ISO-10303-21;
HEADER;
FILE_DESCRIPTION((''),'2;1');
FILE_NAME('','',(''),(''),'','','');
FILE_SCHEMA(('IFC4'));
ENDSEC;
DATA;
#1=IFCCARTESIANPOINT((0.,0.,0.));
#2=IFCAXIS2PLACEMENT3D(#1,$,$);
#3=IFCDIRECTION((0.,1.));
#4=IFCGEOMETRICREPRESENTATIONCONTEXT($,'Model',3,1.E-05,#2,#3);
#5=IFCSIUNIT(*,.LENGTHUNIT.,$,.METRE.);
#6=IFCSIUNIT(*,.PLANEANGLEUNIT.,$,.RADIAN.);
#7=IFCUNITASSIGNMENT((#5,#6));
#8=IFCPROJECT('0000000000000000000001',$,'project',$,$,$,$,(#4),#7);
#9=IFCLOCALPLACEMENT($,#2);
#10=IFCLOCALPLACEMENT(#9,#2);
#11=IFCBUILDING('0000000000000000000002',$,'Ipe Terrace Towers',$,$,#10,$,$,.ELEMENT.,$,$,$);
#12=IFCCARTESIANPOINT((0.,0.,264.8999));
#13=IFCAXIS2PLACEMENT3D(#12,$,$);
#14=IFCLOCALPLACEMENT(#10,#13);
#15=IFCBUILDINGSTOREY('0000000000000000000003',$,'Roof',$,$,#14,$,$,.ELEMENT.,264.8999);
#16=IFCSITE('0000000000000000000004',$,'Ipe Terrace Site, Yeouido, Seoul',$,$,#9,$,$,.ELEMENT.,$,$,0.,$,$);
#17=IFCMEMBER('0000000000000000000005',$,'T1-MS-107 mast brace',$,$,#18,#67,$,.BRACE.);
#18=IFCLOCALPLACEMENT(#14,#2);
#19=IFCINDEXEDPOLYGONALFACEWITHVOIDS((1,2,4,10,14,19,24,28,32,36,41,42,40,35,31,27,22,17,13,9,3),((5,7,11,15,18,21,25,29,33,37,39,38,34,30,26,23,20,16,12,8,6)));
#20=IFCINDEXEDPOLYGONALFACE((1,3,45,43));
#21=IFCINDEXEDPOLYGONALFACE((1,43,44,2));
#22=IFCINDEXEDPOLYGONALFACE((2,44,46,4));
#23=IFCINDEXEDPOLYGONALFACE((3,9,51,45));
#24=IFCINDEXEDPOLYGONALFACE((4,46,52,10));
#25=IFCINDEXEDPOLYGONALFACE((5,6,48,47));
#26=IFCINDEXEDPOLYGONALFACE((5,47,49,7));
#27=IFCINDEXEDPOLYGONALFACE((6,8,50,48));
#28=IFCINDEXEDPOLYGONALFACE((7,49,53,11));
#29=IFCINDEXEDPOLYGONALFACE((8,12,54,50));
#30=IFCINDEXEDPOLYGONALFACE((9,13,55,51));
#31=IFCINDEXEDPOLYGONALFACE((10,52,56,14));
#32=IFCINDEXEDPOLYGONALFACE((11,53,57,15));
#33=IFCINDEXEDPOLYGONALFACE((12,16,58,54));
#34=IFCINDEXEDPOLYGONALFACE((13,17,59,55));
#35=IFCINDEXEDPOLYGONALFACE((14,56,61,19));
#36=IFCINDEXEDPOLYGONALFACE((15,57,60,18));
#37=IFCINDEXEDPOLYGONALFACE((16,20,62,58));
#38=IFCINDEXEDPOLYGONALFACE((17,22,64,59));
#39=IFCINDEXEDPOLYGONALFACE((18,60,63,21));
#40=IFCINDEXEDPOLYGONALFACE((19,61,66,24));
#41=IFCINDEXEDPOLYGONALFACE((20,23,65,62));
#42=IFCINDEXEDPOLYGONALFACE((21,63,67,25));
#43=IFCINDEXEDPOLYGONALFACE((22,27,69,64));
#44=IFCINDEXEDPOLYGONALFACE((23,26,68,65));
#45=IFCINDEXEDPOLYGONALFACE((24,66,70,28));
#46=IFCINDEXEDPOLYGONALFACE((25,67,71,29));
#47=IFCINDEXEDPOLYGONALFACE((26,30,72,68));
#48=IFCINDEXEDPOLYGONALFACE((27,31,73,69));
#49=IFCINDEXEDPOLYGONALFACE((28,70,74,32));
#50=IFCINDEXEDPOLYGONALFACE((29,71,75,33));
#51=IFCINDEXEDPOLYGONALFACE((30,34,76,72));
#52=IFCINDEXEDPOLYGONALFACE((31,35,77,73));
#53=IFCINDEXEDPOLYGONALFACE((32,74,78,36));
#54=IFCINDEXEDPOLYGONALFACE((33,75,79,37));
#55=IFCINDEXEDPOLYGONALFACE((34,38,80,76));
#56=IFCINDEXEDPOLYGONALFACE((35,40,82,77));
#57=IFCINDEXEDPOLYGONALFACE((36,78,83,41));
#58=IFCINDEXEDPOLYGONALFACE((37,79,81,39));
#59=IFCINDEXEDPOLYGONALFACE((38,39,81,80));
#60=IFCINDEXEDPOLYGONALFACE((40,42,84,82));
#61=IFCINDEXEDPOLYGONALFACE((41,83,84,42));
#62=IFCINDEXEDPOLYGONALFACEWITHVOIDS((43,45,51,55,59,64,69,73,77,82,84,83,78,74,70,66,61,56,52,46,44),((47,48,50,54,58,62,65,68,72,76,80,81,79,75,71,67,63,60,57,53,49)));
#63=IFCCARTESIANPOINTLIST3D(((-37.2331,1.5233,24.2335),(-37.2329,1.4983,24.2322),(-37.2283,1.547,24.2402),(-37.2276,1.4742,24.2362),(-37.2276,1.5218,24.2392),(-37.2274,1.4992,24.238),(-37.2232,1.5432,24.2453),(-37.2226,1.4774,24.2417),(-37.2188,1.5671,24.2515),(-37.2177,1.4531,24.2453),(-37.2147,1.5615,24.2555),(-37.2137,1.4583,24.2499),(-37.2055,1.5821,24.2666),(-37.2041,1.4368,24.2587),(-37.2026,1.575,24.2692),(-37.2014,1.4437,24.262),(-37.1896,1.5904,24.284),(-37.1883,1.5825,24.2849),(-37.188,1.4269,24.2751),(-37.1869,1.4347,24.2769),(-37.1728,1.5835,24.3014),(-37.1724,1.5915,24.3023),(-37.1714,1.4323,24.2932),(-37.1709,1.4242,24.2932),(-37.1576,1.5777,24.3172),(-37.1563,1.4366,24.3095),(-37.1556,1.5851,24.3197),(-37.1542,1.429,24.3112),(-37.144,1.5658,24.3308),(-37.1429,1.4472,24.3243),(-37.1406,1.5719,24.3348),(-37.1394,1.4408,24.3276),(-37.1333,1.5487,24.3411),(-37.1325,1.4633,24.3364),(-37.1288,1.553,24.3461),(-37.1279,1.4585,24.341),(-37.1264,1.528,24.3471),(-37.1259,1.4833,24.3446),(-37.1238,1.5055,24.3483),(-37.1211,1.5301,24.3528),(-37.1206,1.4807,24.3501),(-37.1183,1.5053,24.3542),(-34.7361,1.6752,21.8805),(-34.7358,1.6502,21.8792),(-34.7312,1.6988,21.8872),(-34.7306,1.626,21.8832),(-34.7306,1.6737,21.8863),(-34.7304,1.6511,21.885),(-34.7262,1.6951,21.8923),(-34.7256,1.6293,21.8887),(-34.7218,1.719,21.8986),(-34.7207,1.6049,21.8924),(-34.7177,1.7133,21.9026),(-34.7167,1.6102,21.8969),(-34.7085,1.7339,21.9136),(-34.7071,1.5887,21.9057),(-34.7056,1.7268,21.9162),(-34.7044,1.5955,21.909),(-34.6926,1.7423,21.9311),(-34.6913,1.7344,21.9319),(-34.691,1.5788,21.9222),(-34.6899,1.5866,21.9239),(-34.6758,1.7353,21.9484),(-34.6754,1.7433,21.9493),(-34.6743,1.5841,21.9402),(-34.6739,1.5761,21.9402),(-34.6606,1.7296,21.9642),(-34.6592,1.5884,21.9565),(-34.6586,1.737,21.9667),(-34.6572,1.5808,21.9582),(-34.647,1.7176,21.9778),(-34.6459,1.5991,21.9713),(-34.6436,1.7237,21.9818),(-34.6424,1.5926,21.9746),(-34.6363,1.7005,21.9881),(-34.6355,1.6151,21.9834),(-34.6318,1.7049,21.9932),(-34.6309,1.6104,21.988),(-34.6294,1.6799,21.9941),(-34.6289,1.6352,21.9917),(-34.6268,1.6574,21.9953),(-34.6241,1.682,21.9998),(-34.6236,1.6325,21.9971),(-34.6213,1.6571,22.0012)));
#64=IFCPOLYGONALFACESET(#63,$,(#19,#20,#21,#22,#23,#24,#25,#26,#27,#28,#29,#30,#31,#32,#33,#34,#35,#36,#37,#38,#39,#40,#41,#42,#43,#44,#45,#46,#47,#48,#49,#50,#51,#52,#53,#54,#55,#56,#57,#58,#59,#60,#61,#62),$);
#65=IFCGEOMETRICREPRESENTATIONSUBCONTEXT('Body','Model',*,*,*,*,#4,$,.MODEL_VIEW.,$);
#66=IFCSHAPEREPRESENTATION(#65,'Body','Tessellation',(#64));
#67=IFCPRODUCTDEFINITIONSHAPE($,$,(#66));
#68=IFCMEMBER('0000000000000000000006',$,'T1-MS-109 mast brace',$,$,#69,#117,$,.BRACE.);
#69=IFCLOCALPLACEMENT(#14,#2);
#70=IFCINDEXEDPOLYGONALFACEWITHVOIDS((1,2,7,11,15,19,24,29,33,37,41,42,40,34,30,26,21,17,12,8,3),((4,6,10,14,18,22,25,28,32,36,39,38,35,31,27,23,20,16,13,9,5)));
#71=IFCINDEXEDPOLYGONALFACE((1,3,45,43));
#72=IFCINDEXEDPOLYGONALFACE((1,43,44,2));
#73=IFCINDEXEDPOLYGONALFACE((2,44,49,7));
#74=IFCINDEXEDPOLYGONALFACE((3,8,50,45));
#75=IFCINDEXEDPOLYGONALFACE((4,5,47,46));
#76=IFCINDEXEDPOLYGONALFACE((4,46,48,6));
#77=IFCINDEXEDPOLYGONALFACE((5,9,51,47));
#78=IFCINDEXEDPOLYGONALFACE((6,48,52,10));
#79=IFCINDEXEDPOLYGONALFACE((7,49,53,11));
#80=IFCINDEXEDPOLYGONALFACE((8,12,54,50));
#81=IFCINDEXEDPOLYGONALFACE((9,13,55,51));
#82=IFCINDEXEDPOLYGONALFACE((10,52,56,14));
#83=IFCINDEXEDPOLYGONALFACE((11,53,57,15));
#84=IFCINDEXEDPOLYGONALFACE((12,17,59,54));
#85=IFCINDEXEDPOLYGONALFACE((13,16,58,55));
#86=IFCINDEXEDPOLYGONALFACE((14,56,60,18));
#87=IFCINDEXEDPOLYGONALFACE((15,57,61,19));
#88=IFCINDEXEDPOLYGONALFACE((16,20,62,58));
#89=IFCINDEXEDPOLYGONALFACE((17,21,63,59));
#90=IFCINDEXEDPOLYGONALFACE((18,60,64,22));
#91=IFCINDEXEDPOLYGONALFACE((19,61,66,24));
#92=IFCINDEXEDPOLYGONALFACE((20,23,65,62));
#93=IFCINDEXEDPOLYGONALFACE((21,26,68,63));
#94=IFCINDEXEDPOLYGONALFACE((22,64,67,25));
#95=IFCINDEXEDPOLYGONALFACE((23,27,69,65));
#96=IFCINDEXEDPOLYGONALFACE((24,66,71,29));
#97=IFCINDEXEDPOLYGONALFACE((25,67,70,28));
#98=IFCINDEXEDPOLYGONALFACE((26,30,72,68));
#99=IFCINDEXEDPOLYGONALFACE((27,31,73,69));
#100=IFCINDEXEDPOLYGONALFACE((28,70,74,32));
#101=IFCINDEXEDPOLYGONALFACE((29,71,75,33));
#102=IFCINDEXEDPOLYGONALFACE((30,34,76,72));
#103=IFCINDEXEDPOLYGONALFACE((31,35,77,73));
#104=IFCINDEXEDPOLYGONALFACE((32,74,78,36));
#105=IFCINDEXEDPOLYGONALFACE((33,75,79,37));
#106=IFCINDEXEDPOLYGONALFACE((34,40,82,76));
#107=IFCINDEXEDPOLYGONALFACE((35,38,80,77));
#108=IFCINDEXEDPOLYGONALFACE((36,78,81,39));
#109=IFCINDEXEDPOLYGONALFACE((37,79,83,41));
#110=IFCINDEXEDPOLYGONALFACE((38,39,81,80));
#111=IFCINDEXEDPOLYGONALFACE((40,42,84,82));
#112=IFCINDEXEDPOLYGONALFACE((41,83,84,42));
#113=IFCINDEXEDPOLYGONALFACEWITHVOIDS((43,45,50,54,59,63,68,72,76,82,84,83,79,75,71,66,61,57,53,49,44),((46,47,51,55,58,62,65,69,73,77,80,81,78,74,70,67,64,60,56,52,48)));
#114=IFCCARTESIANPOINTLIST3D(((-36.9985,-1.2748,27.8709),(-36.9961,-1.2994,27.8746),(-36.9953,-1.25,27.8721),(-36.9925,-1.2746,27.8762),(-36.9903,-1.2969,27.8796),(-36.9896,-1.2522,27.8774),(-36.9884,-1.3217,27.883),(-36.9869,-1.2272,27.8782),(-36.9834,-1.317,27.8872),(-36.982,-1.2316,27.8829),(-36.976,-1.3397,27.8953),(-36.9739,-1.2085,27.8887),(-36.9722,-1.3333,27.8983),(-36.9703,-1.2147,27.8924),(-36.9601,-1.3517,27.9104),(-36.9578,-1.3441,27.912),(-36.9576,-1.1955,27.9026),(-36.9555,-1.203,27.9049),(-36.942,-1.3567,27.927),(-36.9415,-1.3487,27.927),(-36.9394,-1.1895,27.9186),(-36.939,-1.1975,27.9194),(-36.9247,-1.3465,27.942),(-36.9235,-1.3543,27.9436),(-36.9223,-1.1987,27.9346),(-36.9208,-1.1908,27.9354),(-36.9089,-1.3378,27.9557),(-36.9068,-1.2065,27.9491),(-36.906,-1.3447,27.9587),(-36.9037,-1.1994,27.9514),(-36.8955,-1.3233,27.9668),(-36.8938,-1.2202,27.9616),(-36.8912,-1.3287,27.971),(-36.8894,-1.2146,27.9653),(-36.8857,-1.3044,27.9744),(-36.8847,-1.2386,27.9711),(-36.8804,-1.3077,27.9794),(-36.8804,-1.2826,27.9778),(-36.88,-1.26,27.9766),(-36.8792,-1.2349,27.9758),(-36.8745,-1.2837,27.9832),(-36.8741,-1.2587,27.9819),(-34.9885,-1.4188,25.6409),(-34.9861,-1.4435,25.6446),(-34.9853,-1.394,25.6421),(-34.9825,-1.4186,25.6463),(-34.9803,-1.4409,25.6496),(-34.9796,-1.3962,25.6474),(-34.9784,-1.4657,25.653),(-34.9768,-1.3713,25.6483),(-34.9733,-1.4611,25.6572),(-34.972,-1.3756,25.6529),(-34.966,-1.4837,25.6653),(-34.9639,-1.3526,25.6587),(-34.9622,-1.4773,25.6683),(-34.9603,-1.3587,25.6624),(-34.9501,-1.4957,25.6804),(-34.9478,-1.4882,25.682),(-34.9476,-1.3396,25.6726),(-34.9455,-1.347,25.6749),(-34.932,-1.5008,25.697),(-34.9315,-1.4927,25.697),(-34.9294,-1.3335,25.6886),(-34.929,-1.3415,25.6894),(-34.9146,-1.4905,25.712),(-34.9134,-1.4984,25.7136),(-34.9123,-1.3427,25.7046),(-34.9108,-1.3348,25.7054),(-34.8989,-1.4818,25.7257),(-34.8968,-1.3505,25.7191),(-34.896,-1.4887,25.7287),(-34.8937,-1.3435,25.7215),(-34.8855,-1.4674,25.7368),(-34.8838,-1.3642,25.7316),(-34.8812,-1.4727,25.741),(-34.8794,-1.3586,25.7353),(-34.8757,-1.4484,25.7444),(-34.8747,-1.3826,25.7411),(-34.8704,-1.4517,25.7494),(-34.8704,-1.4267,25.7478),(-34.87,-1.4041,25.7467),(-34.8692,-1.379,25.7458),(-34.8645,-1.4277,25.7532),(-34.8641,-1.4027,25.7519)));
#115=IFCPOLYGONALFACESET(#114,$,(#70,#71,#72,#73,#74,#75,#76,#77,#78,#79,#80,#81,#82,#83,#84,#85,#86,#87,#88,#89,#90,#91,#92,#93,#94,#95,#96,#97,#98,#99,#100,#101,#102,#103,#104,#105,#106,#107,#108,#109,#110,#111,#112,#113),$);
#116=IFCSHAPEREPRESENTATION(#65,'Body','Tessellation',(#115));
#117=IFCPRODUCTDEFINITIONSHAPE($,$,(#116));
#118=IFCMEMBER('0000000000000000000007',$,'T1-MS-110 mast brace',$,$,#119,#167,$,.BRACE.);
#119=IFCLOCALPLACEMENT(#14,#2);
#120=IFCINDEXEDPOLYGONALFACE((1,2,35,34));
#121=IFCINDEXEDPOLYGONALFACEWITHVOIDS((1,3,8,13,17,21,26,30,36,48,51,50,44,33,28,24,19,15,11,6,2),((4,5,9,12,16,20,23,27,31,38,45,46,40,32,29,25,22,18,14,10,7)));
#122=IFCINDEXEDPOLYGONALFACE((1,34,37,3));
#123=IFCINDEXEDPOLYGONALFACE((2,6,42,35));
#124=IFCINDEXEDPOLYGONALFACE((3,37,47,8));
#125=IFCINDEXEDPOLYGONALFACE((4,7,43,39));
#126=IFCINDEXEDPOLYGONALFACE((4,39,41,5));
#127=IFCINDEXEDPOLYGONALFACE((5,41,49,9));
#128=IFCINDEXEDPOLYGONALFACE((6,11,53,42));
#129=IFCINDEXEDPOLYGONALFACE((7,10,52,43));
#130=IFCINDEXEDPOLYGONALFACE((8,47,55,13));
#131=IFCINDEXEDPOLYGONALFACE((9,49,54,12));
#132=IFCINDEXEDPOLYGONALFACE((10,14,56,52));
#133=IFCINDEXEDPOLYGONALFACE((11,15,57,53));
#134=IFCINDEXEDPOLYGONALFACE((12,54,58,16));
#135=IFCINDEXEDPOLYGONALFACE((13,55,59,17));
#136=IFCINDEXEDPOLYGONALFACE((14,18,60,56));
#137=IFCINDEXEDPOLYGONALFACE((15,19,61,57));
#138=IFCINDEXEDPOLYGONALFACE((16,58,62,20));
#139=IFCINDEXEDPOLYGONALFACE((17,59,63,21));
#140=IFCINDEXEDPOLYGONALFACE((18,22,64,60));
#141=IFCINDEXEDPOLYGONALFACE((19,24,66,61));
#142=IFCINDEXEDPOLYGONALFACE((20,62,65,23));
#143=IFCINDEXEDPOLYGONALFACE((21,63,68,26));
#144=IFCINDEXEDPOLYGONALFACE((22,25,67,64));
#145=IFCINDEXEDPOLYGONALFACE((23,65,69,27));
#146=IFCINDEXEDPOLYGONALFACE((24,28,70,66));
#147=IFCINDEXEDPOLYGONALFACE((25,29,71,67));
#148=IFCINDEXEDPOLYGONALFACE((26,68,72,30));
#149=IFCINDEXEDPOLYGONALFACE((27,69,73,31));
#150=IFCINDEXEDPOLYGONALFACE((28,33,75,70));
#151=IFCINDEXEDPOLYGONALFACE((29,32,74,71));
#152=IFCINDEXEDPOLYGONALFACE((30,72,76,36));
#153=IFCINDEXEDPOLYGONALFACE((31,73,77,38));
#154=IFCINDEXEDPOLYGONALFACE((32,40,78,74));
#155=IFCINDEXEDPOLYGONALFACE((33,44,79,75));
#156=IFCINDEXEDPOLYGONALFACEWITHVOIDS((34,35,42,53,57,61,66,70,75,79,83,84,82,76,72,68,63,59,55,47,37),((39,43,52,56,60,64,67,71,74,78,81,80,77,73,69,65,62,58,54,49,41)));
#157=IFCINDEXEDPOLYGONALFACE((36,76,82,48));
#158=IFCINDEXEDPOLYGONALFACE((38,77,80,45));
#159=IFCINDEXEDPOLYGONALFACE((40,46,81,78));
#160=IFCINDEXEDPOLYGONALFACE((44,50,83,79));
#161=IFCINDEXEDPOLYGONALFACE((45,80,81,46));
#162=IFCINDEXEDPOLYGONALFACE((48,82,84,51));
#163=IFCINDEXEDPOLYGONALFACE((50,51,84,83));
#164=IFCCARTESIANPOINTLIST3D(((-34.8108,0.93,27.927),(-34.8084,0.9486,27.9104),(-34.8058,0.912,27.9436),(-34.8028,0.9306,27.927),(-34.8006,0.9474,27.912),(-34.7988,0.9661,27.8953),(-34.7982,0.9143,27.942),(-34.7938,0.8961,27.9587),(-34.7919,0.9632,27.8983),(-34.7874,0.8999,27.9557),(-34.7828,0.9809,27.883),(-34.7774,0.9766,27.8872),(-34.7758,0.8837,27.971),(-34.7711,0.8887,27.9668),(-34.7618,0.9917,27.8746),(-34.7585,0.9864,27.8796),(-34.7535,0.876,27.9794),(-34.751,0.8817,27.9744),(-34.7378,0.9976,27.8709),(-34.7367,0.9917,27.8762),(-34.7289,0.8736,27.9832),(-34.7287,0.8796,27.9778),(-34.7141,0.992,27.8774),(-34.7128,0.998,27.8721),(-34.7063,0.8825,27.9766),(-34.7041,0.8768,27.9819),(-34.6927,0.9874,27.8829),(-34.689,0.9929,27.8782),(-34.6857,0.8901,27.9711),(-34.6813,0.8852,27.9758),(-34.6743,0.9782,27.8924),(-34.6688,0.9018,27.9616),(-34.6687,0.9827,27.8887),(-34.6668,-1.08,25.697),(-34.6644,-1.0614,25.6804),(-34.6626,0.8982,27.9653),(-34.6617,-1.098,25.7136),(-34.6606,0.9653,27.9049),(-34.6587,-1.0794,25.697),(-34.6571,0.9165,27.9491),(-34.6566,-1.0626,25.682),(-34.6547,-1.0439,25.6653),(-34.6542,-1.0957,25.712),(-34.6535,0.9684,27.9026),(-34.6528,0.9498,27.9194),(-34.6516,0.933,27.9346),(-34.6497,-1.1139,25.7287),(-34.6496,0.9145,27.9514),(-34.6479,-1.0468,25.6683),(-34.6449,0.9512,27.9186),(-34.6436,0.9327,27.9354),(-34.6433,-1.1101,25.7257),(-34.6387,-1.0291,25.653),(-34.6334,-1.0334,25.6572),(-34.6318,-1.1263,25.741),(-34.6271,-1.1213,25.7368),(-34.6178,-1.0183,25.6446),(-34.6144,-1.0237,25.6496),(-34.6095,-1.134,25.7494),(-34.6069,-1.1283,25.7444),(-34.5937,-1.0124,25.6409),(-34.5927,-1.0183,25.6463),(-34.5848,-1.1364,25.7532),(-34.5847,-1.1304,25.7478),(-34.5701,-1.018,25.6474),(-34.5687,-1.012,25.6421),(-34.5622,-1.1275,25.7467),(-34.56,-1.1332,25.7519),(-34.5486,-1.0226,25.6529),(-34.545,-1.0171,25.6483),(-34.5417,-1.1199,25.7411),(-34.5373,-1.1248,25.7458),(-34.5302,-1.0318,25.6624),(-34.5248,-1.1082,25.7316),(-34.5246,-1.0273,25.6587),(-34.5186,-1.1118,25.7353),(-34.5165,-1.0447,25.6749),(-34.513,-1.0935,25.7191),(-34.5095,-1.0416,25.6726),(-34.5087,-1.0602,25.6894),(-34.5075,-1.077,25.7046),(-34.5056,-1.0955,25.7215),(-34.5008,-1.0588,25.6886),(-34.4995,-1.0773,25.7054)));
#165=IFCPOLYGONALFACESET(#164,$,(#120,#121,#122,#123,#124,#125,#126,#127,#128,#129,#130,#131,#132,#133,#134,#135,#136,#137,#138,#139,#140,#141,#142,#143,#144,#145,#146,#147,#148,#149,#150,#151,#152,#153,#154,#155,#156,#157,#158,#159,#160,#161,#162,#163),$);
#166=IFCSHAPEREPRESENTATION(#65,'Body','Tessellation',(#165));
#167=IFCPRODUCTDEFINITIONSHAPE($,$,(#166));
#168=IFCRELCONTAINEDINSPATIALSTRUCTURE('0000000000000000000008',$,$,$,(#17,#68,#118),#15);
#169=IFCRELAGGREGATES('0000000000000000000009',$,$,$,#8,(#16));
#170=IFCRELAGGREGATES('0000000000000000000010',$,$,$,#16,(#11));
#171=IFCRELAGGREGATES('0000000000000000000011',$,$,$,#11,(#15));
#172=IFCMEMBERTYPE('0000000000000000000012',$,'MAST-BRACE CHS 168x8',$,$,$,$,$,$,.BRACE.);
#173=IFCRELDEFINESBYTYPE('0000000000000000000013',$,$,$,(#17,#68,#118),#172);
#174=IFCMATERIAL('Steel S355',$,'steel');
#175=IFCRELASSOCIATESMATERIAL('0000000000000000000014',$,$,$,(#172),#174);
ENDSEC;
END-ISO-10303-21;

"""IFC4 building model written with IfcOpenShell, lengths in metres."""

from ifc_helpers import new_model, si_unit, direction, frame, origin, origin_2d, place, context, subcontext, project, spatial, hollow_circle, extrude, material, material_profile, profile_set, type_object, element, save


model = new_model("IFC4")

# Units and contexts
model_context = context("Model", 3, precision=1e-05, world=origin(), true_north=direction((0.0, 1.0)))
body_context = subcontext(model_context, "Body", "Model", "MODEL_VIEW")
ifc_project = project(units=[si_unit("LENGTHUNIT", "METRE"), si_unit("PLANEANGLEUNIT", "RADIAN")], contexts=[model_context])

# Site, building, storey
site_placement = place(None, origin())
site = spatial("IfcSite", under=ifc_project, at=site_placement, Name="Ipe Terrace Site, Yeouido, Seoul", CompositionType="ELEMENT", RefElevation=0.0)
building_placement = place(site_placement, origin())
building = spatial("IfcBuilding", under=site, at=building_placement, Name="Ipe Terrace Towers", CompositionType="ELEMENT")
storey_placement = place(building_placement, frame((0.0, 0.0, 264.8999)))
storey = spatial("IfcBuildingStorey", under=building, at=storey_placement, Name="Roof", CompositionType="ELEMENT", Elevation=264.8999)

# Members
ifc_material_1 = material(Name="Steel S355", Category="steel")
ifc_material_profile_1 = material_profile(ifc_material_1, hollow_circle(Radius=0.084, WallThickness=0.0081, at=origin_2d()), Name="MAST-BRACE CHS 168x8")
ifc_profile_set_1 = profile_set([ifc_material_profile_1], Name="Steel S355")
member_type_1 = type_object("IfcMemberType", Name="MAST-BRACE CHS 168x8", PredefinedType="BRACE", material=ifc_profile_set_1)
for number, where, z_axis, x_axis, name in (
    (1, (-34.679, 1.6599, 21.9402), (-0.727074, -0.044216, 0.685133), (0.060701, -0.998156, 0.0), "T1-MS-107 mast brace"),
):
    element("IfcMember", number, at=place(storey_placement, frame(where, z_axis=z_axis, x_axis=x_axis)), inside=storey, type_object=member_type_1, Name=name, PredefinedType="BRACE", context=body_context, shape_type="SweptSolid", body=[
        extrude(hollow_circle(Radius=0.084, WallThickness=0.0081, at=origin_2d()), origin(), (0.0, 0.0, 1.0), 3.4343),
    ])
for number, where, z_axis, x_axis, name in (
    (2, (-34.926, -1.417, 25.697), (-0.668752, 0.047925, 0.741939), (-0.07148, -0.997442, 0.0), "T1-MS-109 mast brace"),
    (3, (-34.583, -1.074, 25.697), (-0.047925, 0.668752, 0.741939), (-0.997442, -0.07148, 0.0), "T1-MS-110 mast brace"),
):
    element("IfcMember", number, at=place(storey_placement, frame(where, z_axis=z_axis, x_axis=x_axis)), inside=storey, type_object=member_type_1, Name=name, PredefinedType="BRACE", context=body_context, shape_type="SweptSolid", body=[
        extrude(hollow_circle(Radius=0.084, WallThickness=0.0081, at=origin_2d()), origin(), (0.0, 0.0, 1.0), 3.0056),
    ])

save(model, "model.ifc")
